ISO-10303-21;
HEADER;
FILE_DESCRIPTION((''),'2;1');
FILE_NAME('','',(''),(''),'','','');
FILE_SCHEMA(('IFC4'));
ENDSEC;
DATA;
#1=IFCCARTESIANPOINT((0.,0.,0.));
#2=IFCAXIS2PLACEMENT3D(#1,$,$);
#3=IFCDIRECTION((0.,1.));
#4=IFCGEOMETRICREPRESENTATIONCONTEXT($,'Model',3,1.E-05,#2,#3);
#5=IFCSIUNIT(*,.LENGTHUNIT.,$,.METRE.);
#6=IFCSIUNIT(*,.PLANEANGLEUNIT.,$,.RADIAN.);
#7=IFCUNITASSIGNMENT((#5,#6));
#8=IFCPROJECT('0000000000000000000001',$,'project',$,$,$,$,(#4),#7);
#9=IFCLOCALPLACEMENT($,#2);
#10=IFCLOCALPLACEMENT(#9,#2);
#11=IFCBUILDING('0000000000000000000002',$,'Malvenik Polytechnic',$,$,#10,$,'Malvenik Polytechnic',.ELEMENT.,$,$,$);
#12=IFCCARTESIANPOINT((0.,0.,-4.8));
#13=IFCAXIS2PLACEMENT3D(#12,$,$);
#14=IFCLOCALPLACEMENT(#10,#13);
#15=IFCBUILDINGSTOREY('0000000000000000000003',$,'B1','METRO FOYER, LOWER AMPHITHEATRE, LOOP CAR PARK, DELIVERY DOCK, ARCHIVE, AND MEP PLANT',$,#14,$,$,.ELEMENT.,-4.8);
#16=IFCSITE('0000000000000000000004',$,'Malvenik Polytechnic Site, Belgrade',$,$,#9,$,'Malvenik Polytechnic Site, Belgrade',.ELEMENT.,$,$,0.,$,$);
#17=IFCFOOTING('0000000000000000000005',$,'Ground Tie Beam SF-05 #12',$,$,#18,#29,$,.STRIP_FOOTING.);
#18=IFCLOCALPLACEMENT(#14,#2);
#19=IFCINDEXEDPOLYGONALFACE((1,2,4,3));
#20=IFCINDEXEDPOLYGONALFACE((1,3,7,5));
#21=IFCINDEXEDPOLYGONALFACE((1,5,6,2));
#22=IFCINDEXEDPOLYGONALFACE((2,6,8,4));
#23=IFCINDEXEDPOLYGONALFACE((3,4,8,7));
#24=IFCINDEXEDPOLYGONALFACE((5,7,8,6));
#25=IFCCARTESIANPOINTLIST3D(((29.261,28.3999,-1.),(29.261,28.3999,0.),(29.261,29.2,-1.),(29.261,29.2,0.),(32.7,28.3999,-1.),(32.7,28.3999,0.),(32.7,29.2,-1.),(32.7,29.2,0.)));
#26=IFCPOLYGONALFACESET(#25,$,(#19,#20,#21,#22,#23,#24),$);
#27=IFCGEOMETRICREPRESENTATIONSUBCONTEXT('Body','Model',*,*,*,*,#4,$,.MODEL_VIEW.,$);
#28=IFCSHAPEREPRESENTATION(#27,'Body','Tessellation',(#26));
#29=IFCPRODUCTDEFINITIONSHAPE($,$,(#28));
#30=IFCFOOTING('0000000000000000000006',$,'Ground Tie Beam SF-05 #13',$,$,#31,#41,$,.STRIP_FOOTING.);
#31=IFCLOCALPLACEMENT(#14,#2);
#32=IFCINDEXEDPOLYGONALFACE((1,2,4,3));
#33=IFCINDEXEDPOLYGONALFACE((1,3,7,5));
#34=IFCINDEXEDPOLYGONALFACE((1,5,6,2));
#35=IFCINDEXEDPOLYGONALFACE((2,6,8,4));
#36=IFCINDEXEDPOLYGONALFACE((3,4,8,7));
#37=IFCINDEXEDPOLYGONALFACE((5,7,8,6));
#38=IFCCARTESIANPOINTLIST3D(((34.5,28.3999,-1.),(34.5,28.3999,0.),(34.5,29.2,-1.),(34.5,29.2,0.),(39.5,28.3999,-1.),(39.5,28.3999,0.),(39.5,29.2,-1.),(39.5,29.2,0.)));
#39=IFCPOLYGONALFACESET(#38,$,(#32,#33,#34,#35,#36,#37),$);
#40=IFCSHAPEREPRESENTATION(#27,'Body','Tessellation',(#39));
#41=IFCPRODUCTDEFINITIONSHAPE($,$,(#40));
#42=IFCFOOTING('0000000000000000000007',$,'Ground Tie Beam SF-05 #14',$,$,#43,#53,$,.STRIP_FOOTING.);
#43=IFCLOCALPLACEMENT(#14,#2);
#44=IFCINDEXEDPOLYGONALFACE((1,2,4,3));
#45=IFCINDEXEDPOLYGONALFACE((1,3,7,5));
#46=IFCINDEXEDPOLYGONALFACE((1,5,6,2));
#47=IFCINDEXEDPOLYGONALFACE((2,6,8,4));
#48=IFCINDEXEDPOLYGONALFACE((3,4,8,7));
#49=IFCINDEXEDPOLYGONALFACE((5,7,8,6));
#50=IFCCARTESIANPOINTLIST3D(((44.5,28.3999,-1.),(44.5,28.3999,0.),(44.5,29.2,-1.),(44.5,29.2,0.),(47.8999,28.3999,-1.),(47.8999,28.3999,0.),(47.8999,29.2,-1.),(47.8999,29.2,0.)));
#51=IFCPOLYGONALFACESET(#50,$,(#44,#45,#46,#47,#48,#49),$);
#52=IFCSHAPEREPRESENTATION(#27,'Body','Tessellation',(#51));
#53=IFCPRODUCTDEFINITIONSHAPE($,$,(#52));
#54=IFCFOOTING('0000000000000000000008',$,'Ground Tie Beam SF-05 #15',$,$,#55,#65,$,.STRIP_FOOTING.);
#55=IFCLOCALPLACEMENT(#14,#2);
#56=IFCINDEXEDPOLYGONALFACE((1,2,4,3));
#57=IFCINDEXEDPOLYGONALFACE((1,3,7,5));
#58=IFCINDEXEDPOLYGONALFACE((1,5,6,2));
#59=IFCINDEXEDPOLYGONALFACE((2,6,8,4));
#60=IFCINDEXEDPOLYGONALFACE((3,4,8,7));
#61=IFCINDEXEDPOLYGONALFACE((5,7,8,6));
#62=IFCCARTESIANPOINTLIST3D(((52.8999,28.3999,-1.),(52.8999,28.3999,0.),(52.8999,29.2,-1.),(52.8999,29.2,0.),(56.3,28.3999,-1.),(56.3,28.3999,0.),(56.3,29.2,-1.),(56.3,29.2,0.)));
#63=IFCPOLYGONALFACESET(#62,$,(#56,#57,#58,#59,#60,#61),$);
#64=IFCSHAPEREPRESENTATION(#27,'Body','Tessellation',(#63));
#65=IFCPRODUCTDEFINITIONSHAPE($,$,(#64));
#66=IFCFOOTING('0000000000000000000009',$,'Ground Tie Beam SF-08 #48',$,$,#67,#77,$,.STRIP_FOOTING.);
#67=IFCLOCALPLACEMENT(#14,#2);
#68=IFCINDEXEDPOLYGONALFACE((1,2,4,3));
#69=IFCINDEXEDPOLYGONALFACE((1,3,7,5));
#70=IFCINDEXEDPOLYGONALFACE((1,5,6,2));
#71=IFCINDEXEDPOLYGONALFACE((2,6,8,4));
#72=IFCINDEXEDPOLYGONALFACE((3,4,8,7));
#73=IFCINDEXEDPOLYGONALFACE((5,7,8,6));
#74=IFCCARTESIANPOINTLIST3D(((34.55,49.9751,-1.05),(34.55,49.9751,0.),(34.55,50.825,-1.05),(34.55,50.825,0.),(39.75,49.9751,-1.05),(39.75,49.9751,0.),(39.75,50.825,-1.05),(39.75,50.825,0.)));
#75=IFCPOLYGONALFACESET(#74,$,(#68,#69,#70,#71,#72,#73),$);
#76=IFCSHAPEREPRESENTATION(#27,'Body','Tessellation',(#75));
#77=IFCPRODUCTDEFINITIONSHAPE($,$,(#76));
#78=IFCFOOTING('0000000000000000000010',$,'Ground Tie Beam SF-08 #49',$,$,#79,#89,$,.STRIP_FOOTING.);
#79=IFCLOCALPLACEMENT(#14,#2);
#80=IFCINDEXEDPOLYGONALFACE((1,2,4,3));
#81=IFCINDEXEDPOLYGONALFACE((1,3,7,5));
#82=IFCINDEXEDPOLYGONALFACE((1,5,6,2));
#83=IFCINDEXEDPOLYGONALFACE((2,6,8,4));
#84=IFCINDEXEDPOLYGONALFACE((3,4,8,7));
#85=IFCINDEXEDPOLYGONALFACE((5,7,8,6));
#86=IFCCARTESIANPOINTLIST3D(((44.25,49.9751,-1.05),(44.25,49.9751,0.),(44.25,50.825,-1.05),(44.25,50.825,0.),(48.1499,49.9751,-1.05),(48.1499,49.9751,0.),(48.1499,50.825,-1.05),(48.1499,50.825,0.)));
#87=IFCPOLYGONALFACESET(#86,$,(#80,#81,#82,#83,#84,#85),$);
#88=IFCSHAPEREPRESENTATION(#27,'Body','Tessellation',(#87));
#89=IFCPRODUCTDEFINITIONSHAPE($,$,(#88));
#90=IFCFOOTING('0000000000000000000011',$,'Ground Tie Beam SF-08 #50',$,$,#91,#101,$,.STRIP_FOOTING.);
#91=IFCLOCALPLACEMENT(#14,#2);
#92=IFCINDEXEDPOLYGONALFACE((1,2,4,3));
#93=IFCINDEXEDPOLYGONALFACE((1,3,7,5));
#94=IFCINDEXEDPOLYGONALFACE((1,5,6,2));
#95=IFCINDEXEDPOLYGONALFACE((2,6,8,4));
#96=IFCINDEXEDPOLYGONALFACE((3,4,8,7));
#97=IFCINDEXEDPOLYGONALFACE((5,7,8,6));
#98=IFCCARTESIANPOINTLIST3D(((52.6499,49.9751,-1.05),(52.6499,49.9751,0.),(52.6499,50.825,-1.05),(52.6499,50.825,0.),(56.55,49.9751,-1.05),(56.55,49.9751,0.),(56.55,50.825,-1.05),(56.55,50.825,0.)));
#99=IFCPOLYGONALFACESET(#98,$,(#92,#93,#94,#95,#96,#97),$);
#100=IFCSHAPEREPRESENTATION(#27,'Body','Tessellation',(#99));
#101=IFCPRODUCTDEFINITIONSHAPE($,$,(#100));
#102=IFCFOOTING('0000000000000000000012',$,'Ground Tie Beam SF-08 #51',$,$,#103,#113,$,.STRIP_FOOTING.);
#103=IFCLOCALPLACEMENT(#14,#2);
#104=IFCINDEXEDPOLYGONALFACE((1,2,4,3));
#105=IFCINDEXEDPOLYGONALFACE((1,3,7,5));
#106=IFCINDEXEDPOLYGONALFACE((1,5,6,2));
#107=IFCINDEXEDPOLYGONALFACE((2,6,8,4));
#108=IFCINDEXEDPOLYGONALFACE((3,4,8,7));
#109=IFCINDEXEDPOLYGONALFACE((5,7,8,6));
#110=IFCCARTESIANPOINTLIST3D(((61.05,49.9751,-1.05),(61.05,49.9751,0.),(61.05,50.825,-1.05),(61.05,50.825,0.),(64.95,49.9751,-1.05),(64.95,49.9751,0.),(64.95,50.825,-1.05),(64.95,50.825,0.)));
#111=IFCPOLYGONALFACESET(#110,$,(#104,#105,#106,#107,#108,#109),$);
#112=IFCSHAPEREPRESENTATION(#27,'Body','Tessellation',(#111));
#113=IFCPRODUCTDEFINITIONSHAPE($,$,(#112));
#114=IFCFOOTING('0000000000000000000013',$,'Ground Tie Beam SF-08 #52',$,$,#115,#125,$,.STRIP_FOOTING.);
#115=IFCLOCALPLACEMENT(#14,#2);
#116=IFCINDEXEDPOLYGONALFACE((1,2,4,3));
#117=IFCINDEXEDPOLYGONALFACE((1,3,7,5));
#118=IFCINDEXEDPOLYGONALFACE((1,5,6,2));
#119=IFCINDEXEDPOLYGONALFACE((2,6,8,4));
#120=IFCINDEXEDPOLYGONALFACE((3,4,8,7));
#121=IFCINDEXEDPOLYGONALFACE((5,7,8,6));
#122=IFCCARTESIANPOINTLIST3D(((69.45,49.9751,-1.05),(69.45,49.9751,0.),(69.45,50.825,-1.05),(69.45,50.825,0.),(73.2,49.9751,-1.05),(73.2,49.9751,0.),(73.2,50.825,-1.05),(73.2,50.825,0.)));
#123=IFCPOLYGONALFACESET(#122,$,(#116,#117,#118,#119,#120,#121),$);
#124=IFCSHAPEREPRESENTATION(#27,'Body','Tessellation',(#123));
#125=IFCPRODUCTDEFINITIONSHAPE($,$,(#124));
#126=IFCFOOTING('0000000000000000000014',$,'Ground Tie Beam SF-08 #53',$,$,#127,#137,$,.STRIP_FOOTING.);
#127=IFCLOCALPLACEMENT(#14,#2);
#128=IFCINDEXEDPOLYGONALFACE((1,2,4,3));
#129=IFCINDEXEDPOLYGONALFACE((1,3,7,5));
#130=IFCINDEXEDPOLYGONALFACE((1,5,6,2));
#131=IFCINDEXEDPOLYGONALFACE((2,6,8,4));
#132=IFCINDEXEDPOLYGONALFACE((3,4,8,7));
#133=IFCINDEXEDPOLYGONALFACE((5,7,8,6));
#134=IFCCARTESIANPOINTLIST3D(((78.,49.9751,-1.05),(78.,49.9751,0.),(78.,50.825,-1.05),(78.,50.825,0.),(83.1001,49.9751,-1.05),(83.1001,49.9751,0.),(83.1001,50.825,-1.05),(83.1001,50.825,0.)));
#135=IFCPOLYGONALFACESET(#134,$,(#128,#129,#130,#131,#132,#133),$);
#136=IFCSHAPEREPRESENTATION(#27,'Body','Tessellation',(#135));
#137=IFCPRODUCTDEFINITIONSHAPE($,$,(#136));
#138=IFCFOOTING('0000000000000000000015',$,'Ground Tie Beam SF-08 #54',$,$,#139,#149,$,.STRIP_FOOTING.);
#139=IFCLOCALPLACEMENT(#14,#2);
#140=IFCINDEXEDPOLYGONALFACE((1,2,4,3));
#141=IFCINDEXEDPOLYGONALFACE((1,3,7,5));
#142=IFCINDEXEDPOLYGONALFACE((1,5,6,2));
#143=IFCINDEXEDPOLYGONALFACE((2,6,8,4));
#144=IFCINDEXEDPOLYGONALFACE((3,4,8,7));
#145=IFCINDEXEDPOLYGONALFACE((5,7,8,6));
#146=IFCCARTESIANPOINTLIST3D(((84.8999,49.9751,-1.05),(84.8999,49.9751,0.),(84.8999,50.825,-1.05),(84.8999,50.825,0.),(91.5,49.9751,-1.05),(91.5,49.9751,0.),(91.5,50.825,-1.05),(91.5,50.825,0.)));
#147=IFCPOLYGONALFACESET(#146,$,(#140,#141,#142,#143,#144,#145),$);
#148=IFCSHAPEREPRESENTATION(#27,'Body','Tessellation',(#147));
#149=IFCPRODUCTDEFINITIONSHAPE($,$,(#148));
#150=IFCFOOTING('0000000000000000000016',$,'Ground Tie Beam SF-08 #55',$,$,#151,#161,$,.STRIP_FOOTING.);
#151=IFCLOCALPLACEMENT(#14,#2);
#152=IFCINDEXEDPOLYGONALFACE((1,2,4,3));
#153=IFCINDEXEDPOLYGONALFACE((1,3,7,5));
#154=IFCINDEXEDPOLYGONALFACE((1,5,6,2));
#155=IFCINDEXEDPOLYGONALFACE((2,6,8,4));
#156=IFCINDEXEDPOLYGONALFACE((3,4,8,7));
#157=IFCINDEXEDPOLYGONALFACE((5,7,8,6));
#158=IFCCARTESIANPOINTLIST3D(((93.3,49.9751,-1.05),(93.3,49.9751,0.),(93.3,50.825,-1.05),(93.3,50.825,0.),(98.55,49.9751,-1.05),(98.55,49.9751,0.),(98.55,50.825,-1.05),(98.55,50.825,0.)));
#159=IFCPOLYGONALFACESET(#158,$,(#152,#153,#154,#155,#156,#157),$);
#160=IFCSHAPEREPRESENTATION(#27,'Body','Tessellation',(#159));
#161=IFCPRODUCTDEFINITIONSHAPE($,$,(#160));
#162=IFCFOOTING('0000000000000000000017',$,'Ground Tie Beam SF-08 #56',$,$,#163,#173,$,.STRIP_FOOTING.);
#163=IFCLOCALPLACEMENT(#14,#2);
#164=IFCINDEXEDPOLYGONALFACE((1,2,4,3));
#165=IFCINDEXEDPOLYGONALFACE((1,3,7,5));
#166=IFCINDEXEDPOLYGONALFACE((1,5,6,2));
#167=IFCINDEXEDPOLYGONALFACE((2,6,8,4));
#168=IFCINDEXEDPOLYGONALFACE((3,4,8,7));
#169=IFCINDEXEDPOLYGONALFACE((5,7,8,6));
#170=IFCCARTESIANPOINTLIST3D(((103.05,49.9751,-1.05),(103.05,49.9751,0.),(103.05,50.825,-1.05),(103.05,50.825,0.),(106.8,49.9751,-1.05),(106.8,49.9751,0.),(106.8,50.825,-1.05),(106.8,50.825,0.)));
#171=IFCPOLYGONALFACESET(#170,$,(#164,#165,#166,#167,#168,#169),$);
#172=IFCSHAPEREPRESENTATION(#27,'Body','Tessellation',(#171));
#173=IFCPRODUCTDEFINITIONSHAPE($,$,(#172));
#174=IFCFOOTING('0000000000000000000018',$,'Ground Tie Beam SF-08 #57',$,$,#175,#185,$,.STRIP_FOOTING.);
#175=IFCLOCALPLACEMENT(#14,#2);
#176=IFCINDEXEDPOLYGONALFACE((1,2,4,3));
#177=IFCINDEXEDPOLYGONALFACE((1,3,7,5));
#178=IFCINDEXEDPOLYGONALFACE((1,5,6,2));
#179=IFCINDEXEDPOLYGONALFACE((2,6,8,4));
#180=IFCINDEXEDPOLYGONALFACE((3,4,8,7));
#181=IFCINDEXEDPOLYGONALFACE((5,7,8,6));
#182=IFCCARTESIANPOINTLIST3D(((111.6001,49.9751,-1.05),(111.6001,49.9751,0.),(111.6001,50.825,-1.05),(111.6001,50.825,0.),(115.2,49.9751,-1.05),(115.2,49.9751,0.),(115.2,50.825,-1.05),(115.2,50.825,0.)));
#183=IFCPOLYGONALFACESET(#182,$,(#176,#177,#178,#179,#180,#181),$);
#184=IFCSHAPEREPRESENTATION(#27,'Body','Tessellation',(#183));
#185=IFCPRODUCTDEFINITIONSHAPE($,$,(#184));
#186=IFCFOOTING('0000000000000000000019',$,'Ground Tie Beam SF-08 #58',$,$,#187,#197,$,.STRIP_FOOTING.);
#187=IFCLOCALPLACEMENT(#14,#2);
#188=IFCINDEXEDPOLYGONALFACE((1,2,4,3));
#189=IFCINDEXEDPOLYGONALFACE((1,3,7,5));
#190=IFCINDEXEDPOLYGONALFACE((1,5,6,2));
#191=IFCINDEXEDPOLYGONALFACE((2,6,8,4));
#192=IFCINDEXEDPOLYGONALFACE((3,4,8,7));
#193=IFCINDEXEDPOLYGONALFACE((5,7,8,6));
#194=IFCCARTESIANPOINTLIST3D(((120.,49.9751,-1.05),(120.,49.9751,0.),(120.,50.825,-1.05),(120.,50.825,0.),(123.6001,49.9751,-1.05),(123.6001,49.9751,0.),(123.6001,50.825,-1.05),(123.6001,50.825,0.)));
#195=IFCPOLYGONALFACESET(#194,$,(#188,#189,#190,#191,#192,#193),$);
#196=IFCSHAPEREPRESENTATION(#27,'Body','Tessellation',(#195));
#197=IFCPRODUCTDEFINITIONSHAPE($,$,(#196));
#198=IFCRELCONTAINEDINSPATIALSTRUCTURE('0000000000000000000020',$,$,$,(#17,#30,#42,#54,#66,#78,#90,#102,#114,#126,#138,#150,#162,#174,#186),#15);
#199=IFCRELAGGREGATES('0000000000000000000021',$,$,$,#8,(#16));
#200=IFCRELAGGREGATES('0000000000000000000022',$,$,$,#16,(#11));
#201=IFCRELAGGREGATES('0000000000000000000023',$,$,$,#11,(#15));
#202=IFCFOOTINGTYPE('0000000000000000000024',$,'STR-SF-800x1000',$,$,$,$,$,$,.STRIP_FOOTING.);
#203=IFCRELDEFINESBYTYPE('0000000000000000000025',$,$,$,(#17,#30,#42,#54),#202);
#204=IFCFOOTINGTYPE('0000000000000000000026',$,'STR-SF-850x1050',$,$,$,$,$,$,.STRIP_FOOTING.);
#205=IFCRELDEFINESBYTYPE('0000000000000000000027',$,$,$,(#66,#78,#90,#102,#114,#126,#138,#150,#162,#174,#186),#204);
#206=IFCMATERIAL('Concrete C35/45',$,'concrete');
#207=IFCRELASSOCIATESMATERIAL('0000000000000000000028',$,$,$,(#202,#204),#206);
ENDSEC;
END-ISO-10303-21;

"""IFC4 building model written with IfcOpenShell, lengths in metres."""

from ifc_helpers import new_model, si_unit, direction, frame, origin, place, context, subcontext, project, spatial, polyline, outline, extrude, material, type_object, element, save


model = new_model("IFC4")

# Units and contexts
model_context = context("Model", 3, precision=1e-05, world=origin(), true_north=direction((0.0, 1.0)))
body_context = subcontext(model_context, "Body", "Model", "MODEL_VIEW")
ifc_project = project(units=[si_unit("LENGTHUNIT", "METRE"), si_unit("PLANEANGLEUNIT", "RADIAN")], contexts=[model_context])

# Site, building, storey
site_placement = place(None, origin())
site = spatial("IfcSite", under=ifc_project, at=site_placement, Name="Malvenik Polytechnic Site, Belgrade", LongName="Malvenik Polytechnic Site, Belgrade", CompositionType="ELEMENT", RefElevation=0.0)
building_placement = place(site_placement, origin())
building = spatial("IfcBuilding", under=site, at=building_placement, Name="Malvenik Polytechnic", LongName="Malvenik Polytechnic", CompositionType="ELEMENT")
storey_placement = place(building_placement, frame((0.0, 0.0, -4.8)))
storey = spatial("IfcBuildingStorey", under=building, at=storey_placement, Name="B1", Description="METRO FOYER, LOWER AMPHITHEATRE, LOOP CAR PARK, DELIVERY DOCK, ARCHIVE, AND MEP PLANT", CompositionType="ELEMENT", Elevation=-4.8)

# Footings
ifc_material = material(Name="Concrete C35/45", Category="concrete")
footing_type_1 = type_object("IfcFootingType", Name="STR-SF-800x1000", PredefinedType="STRIP_FOOTING", material=ifc_material)
footing_1_placement = place(storey_placement, frame((0.0, 0.0, -1.0)))
element("IfcFooting", 1, at=footing_1_placement, inside=storey, type_object=footing_type_1, Name="Ground Tie Beam SF-05 #12", PredefinedType="STRIP_FOOTING", context=body_context, shape_type="SweptSolid", body=[
    extrude(outline(polyline([(29.261, 28.3999), (32.7, 28.3999), (32.7, 29.2), (29.261, 29.2), (29.261, 28.3999)])), origin(), (0.0, 0.0, 1.0), 1.0),
])
footing_2_placement = place(storey_placement, frame((0.0, 0.0, -1.0)))
element("IfcFooting", 2, at=footing_2_placement, inside=storey, type_object=footing_type_1, Name="Ground Tie Beam SF-05 #13", PredefinedType="STRIP_FOOTING", context=body_context, shape_type="SweptSolid", body=[
    extrude(outline(polyline([(34.5, 28.3999), (39.5, 28.3999), (39.5, 29.2), (34.5, 29.2), (34.5, 28.3999)])), origin(), (0.0, 0.0, 1.0), 1.0),
])
footing_3_placement = place(storey_placement, frame((0.0, 0.0, -1.0)))
element("IfcFooting", 3, at=footing_3_placement, inside=storey, type_object=footing_type_1, Name="Ground Tie Beam SF-05 #14", PredefinedType="STRIP_FOOTING", context=body_context, shape_type="SweptSolid", body=[
    extrude(outline(polyline([(44.5, 28.3999), (47.8999, 28.3999), (47.8999, 29.2), (44.5, 29.2), (44.5, 28.3999)])), origin(), (0.0, 0.0, 1.0), 1.0),
])
footing_4_placement = place(storey_placement, frame((0.0, 0.0, -1.0)))
element("IfcFooting", 4, at=footing_4_placement, inside=storey, type_object=footing_type_1, Name="Ground Tie Beam SF-05 #15", PredefinedType="STRIP_FOOTING", context=body_context, shape_type="SweptSolid", body=[
    extrude(outline(polyline([(52.8999, 28.3999), (56.3, 28.3999), (56.3, 29.2), (52.8999, 29.2), (52.8999, 28.3999)])), origin(), (0.0, 0.0, 1.0), 1.0),
])
footing_type_2 = type_object("IfcFootingType", Name="STR-SF-850x1050", PredefinedType="STRIP_FOOTING", material=ifc_material)
footing_5_placement = place(storey_placement, frame((0.0, 0.0, -1.05)))
element("IfcFooting", 5, at=footing_5_placement, inside=storey, type_object=footing_type_2, Name="Ground Tie Beam SF-08 #48", PredefinedType="STRIP_FOOTING", context=body_context, shape_type="SweptSolid", body=[
    extrude(outline(polyline([(34.55, 49.9751), (39.75, 49.9751), (39.75, 50.825), (34.55, 50.825), (34.55, 49.9751)])), origin(), (0.0, 0.0, 1.0), 1.05),
])
footing_6_placement = place(storey_placement, frame((0.0, 0.0, -1.05)))
element("IfcFooting", 6, at=footing_6_placement, inside=storey, type_object=footing_type_2, Name="Ground Tie Beam SF-08 #49", PredefinedType="STRIP_FOOTING", context=body_context, shape_type="SweptSolid", body=[
    extrude(outline(polyline([(44.25, 49.9751), (48.1499, 49.9751), (48.1499, 50.825), (44.25, 50.825), (44.25, 49.9751)])), origin(), (0.0, 0.0, 1.0), 1.05),
])
footing_7_placement = place(storey_placement, frame((0.0, 0.0, -1.05)))
element("IfcFooting", 7, at=footing_7_placement, inside=storey, type_object=footing_type_2, Name="Ground Tie Beam SF-08 #50", PredefinedType="STRIP_FOOTING", context=body_context, shape_type="SweptSolid", body=[
    extrude(outline(polyline([(52.6499, 49.9751), (56.55, 49.9751), (56.55, 50.825), (52.6499, 50.825), (52.6499, 49.9751)])), origin(), (0.0, 0.0, 1.0), 1.05),
])
footing_8_placement = place(storey_placement, frame((0.0, 0.0, -1.05)))
element("IfcFooting", 8, at=footing_8_placement, inside=storey, type_object=footing_type_2, Name="Ground Tie Beam SF-08 #51", PredefinedType="STRIP_FOOTING", context=body_context, shape_type="SweptSolid", body=[
    extrude(outline(polyline([(61.05, 49.9751), (64.95, 49.9751), (64.95, 50.825), (61.05, 50.825), (61.05, 49.9751)])), origin(), (0.0, 0.0, 1.0), 1.05),
])
footing_9_placement = place(storey_placement, frame((0.0, 0.0, -1.05)))
element("IfcFooting", 9, at=footing_9_placement, inside=storey, type_object=footing_type_2, Name="Ground Tie Beam SF-08 #52", PredefinedType="STRIP_FOOTING", context=body_context, shape_type="SweptSolid", body=[
    extrude(outline(polyline([(69.45, 49.9751), (73.2, 49.9751), (73.2, 50.825), (69.45, 50.825), (69.45, 49.9751)])), origin(), (0.0, 0.0, 1.0), 1.05),
])
footing_10_placement = place(storey_placement, frame((0.0, 0.0, -1.05)))
element("IfcFooting", 10, at=footing_10_placement, inside=storey, type_object=footing_type_2, Name="Ground Tie Beam SF-08 #53", PredefinedType="STRIP_FOOTING", context=body_context, shape_type="SweptSolid", body=[
    extrude(outline(polyline([(78.0, 49.9751), (83.1001, 49.9751), (83.1001, 50.825), (78.0, 50.825), (78.0, 49.9751)])), origin(), (0.0, 0.0, 1.0), 1.05),
])
footing_11_placement = place(storey_placement, frame((0.0, 0.0, -1.05)))
element("IfcFooting", 11, at=footing_11_placement, inside=storey, type_object=footing_type_2, Name="Ground Tie Beam SF-08 #54", PredefinedType="STRIP_FOOTING", context=body_context, shape_type="SweptSolid", body=[
    extrude(outline(polyline([(84.8999, 49.9751), (91.5, 49.9751), (91.5, 50.825), (84.8999, 50.825), (84.8999, 49.9751)])), origin(), (0.0, 0.0, 1.0), 1.05),
])
footing_12_placement = place(storey_placement, frame((0.0, 0.0, -1.05)))
element("IfcFooting", 12, at=footing_12_placement, inside=storey, type_object=footing_type_2, Name="Ground Tie Beam SF-08 #55", PredefinedType="STRIP_FOOTING", context=body_context, shape_type="SweptSolid", body=[
    extrude(outline(polyline([(93.3, 49.9751), (98.55, 49.9751), (98.55, 50.825), (93.3, 50.825), (93.3, 49.9751)])), origin(), (0.0, 0.0, 1.0), 1.05),
])
footing_13_placement = place(storey_placement, frame((0.0, 0.0, -1.05)))
element("IfcFooting", 13, at=footing_13_placement, inside=storey, type_object=footing_type_2, Name="Ground Tie Beam SF-08 #56", PredefinedType="STRIP_FOOTING", context=body_context, shape_type="SweptSolid", body=[
    extrude(outline(polyline([(103.05, 49.9751), (106.8, 49.9751), (106.8, 50.825), (103.05, 50.825), (103.05, 49.9751)])), origin(), (0.0, 0.0, 1.0), 1.05),
])
footing_14_placement = place(storey_placement, frame((0.0, 0.0, -1.05)))
element("IfcFooting", 14, at=footing_14_placement, inside=storey, type_object=footing_type_2, Name="Ground Tie Beam SF-08 #57", PredefinedType="STRIP_FOOTING", context=body_context, shape_type="SweptSolid", body=[
    extrude(outline(polyline([(111.6001, 49.9751), (115.2, 49.9751), (115.2, 50.825), (111.6001, 50.825), (111.6001, 49.9751)])), origin(), (0.0, 0.0, 1.0), 1.05),
])
footing_15_placement = place(storey_placement, frame((0.0, 0.0, -1.05)))
element("IfcFooting", 15, at=footing_15_placement, inside=storey, type_object=footing_type_2, Name="Ground Tie Beam SF-08 #58", PredefinedType="STRIP_FOOTING", context=body_context, shape_type="SweptSolid", body=[
    extrude(outline(polyline([(120.0, 49.9751), (123.6001, 49.9751), (123.6001, 50.825), (120.0, 50.825), (120.0, 49.9751)])), origin(), (0.0, 0.0, 1.0), 1.05),
])

save(model, "model.ifc")
